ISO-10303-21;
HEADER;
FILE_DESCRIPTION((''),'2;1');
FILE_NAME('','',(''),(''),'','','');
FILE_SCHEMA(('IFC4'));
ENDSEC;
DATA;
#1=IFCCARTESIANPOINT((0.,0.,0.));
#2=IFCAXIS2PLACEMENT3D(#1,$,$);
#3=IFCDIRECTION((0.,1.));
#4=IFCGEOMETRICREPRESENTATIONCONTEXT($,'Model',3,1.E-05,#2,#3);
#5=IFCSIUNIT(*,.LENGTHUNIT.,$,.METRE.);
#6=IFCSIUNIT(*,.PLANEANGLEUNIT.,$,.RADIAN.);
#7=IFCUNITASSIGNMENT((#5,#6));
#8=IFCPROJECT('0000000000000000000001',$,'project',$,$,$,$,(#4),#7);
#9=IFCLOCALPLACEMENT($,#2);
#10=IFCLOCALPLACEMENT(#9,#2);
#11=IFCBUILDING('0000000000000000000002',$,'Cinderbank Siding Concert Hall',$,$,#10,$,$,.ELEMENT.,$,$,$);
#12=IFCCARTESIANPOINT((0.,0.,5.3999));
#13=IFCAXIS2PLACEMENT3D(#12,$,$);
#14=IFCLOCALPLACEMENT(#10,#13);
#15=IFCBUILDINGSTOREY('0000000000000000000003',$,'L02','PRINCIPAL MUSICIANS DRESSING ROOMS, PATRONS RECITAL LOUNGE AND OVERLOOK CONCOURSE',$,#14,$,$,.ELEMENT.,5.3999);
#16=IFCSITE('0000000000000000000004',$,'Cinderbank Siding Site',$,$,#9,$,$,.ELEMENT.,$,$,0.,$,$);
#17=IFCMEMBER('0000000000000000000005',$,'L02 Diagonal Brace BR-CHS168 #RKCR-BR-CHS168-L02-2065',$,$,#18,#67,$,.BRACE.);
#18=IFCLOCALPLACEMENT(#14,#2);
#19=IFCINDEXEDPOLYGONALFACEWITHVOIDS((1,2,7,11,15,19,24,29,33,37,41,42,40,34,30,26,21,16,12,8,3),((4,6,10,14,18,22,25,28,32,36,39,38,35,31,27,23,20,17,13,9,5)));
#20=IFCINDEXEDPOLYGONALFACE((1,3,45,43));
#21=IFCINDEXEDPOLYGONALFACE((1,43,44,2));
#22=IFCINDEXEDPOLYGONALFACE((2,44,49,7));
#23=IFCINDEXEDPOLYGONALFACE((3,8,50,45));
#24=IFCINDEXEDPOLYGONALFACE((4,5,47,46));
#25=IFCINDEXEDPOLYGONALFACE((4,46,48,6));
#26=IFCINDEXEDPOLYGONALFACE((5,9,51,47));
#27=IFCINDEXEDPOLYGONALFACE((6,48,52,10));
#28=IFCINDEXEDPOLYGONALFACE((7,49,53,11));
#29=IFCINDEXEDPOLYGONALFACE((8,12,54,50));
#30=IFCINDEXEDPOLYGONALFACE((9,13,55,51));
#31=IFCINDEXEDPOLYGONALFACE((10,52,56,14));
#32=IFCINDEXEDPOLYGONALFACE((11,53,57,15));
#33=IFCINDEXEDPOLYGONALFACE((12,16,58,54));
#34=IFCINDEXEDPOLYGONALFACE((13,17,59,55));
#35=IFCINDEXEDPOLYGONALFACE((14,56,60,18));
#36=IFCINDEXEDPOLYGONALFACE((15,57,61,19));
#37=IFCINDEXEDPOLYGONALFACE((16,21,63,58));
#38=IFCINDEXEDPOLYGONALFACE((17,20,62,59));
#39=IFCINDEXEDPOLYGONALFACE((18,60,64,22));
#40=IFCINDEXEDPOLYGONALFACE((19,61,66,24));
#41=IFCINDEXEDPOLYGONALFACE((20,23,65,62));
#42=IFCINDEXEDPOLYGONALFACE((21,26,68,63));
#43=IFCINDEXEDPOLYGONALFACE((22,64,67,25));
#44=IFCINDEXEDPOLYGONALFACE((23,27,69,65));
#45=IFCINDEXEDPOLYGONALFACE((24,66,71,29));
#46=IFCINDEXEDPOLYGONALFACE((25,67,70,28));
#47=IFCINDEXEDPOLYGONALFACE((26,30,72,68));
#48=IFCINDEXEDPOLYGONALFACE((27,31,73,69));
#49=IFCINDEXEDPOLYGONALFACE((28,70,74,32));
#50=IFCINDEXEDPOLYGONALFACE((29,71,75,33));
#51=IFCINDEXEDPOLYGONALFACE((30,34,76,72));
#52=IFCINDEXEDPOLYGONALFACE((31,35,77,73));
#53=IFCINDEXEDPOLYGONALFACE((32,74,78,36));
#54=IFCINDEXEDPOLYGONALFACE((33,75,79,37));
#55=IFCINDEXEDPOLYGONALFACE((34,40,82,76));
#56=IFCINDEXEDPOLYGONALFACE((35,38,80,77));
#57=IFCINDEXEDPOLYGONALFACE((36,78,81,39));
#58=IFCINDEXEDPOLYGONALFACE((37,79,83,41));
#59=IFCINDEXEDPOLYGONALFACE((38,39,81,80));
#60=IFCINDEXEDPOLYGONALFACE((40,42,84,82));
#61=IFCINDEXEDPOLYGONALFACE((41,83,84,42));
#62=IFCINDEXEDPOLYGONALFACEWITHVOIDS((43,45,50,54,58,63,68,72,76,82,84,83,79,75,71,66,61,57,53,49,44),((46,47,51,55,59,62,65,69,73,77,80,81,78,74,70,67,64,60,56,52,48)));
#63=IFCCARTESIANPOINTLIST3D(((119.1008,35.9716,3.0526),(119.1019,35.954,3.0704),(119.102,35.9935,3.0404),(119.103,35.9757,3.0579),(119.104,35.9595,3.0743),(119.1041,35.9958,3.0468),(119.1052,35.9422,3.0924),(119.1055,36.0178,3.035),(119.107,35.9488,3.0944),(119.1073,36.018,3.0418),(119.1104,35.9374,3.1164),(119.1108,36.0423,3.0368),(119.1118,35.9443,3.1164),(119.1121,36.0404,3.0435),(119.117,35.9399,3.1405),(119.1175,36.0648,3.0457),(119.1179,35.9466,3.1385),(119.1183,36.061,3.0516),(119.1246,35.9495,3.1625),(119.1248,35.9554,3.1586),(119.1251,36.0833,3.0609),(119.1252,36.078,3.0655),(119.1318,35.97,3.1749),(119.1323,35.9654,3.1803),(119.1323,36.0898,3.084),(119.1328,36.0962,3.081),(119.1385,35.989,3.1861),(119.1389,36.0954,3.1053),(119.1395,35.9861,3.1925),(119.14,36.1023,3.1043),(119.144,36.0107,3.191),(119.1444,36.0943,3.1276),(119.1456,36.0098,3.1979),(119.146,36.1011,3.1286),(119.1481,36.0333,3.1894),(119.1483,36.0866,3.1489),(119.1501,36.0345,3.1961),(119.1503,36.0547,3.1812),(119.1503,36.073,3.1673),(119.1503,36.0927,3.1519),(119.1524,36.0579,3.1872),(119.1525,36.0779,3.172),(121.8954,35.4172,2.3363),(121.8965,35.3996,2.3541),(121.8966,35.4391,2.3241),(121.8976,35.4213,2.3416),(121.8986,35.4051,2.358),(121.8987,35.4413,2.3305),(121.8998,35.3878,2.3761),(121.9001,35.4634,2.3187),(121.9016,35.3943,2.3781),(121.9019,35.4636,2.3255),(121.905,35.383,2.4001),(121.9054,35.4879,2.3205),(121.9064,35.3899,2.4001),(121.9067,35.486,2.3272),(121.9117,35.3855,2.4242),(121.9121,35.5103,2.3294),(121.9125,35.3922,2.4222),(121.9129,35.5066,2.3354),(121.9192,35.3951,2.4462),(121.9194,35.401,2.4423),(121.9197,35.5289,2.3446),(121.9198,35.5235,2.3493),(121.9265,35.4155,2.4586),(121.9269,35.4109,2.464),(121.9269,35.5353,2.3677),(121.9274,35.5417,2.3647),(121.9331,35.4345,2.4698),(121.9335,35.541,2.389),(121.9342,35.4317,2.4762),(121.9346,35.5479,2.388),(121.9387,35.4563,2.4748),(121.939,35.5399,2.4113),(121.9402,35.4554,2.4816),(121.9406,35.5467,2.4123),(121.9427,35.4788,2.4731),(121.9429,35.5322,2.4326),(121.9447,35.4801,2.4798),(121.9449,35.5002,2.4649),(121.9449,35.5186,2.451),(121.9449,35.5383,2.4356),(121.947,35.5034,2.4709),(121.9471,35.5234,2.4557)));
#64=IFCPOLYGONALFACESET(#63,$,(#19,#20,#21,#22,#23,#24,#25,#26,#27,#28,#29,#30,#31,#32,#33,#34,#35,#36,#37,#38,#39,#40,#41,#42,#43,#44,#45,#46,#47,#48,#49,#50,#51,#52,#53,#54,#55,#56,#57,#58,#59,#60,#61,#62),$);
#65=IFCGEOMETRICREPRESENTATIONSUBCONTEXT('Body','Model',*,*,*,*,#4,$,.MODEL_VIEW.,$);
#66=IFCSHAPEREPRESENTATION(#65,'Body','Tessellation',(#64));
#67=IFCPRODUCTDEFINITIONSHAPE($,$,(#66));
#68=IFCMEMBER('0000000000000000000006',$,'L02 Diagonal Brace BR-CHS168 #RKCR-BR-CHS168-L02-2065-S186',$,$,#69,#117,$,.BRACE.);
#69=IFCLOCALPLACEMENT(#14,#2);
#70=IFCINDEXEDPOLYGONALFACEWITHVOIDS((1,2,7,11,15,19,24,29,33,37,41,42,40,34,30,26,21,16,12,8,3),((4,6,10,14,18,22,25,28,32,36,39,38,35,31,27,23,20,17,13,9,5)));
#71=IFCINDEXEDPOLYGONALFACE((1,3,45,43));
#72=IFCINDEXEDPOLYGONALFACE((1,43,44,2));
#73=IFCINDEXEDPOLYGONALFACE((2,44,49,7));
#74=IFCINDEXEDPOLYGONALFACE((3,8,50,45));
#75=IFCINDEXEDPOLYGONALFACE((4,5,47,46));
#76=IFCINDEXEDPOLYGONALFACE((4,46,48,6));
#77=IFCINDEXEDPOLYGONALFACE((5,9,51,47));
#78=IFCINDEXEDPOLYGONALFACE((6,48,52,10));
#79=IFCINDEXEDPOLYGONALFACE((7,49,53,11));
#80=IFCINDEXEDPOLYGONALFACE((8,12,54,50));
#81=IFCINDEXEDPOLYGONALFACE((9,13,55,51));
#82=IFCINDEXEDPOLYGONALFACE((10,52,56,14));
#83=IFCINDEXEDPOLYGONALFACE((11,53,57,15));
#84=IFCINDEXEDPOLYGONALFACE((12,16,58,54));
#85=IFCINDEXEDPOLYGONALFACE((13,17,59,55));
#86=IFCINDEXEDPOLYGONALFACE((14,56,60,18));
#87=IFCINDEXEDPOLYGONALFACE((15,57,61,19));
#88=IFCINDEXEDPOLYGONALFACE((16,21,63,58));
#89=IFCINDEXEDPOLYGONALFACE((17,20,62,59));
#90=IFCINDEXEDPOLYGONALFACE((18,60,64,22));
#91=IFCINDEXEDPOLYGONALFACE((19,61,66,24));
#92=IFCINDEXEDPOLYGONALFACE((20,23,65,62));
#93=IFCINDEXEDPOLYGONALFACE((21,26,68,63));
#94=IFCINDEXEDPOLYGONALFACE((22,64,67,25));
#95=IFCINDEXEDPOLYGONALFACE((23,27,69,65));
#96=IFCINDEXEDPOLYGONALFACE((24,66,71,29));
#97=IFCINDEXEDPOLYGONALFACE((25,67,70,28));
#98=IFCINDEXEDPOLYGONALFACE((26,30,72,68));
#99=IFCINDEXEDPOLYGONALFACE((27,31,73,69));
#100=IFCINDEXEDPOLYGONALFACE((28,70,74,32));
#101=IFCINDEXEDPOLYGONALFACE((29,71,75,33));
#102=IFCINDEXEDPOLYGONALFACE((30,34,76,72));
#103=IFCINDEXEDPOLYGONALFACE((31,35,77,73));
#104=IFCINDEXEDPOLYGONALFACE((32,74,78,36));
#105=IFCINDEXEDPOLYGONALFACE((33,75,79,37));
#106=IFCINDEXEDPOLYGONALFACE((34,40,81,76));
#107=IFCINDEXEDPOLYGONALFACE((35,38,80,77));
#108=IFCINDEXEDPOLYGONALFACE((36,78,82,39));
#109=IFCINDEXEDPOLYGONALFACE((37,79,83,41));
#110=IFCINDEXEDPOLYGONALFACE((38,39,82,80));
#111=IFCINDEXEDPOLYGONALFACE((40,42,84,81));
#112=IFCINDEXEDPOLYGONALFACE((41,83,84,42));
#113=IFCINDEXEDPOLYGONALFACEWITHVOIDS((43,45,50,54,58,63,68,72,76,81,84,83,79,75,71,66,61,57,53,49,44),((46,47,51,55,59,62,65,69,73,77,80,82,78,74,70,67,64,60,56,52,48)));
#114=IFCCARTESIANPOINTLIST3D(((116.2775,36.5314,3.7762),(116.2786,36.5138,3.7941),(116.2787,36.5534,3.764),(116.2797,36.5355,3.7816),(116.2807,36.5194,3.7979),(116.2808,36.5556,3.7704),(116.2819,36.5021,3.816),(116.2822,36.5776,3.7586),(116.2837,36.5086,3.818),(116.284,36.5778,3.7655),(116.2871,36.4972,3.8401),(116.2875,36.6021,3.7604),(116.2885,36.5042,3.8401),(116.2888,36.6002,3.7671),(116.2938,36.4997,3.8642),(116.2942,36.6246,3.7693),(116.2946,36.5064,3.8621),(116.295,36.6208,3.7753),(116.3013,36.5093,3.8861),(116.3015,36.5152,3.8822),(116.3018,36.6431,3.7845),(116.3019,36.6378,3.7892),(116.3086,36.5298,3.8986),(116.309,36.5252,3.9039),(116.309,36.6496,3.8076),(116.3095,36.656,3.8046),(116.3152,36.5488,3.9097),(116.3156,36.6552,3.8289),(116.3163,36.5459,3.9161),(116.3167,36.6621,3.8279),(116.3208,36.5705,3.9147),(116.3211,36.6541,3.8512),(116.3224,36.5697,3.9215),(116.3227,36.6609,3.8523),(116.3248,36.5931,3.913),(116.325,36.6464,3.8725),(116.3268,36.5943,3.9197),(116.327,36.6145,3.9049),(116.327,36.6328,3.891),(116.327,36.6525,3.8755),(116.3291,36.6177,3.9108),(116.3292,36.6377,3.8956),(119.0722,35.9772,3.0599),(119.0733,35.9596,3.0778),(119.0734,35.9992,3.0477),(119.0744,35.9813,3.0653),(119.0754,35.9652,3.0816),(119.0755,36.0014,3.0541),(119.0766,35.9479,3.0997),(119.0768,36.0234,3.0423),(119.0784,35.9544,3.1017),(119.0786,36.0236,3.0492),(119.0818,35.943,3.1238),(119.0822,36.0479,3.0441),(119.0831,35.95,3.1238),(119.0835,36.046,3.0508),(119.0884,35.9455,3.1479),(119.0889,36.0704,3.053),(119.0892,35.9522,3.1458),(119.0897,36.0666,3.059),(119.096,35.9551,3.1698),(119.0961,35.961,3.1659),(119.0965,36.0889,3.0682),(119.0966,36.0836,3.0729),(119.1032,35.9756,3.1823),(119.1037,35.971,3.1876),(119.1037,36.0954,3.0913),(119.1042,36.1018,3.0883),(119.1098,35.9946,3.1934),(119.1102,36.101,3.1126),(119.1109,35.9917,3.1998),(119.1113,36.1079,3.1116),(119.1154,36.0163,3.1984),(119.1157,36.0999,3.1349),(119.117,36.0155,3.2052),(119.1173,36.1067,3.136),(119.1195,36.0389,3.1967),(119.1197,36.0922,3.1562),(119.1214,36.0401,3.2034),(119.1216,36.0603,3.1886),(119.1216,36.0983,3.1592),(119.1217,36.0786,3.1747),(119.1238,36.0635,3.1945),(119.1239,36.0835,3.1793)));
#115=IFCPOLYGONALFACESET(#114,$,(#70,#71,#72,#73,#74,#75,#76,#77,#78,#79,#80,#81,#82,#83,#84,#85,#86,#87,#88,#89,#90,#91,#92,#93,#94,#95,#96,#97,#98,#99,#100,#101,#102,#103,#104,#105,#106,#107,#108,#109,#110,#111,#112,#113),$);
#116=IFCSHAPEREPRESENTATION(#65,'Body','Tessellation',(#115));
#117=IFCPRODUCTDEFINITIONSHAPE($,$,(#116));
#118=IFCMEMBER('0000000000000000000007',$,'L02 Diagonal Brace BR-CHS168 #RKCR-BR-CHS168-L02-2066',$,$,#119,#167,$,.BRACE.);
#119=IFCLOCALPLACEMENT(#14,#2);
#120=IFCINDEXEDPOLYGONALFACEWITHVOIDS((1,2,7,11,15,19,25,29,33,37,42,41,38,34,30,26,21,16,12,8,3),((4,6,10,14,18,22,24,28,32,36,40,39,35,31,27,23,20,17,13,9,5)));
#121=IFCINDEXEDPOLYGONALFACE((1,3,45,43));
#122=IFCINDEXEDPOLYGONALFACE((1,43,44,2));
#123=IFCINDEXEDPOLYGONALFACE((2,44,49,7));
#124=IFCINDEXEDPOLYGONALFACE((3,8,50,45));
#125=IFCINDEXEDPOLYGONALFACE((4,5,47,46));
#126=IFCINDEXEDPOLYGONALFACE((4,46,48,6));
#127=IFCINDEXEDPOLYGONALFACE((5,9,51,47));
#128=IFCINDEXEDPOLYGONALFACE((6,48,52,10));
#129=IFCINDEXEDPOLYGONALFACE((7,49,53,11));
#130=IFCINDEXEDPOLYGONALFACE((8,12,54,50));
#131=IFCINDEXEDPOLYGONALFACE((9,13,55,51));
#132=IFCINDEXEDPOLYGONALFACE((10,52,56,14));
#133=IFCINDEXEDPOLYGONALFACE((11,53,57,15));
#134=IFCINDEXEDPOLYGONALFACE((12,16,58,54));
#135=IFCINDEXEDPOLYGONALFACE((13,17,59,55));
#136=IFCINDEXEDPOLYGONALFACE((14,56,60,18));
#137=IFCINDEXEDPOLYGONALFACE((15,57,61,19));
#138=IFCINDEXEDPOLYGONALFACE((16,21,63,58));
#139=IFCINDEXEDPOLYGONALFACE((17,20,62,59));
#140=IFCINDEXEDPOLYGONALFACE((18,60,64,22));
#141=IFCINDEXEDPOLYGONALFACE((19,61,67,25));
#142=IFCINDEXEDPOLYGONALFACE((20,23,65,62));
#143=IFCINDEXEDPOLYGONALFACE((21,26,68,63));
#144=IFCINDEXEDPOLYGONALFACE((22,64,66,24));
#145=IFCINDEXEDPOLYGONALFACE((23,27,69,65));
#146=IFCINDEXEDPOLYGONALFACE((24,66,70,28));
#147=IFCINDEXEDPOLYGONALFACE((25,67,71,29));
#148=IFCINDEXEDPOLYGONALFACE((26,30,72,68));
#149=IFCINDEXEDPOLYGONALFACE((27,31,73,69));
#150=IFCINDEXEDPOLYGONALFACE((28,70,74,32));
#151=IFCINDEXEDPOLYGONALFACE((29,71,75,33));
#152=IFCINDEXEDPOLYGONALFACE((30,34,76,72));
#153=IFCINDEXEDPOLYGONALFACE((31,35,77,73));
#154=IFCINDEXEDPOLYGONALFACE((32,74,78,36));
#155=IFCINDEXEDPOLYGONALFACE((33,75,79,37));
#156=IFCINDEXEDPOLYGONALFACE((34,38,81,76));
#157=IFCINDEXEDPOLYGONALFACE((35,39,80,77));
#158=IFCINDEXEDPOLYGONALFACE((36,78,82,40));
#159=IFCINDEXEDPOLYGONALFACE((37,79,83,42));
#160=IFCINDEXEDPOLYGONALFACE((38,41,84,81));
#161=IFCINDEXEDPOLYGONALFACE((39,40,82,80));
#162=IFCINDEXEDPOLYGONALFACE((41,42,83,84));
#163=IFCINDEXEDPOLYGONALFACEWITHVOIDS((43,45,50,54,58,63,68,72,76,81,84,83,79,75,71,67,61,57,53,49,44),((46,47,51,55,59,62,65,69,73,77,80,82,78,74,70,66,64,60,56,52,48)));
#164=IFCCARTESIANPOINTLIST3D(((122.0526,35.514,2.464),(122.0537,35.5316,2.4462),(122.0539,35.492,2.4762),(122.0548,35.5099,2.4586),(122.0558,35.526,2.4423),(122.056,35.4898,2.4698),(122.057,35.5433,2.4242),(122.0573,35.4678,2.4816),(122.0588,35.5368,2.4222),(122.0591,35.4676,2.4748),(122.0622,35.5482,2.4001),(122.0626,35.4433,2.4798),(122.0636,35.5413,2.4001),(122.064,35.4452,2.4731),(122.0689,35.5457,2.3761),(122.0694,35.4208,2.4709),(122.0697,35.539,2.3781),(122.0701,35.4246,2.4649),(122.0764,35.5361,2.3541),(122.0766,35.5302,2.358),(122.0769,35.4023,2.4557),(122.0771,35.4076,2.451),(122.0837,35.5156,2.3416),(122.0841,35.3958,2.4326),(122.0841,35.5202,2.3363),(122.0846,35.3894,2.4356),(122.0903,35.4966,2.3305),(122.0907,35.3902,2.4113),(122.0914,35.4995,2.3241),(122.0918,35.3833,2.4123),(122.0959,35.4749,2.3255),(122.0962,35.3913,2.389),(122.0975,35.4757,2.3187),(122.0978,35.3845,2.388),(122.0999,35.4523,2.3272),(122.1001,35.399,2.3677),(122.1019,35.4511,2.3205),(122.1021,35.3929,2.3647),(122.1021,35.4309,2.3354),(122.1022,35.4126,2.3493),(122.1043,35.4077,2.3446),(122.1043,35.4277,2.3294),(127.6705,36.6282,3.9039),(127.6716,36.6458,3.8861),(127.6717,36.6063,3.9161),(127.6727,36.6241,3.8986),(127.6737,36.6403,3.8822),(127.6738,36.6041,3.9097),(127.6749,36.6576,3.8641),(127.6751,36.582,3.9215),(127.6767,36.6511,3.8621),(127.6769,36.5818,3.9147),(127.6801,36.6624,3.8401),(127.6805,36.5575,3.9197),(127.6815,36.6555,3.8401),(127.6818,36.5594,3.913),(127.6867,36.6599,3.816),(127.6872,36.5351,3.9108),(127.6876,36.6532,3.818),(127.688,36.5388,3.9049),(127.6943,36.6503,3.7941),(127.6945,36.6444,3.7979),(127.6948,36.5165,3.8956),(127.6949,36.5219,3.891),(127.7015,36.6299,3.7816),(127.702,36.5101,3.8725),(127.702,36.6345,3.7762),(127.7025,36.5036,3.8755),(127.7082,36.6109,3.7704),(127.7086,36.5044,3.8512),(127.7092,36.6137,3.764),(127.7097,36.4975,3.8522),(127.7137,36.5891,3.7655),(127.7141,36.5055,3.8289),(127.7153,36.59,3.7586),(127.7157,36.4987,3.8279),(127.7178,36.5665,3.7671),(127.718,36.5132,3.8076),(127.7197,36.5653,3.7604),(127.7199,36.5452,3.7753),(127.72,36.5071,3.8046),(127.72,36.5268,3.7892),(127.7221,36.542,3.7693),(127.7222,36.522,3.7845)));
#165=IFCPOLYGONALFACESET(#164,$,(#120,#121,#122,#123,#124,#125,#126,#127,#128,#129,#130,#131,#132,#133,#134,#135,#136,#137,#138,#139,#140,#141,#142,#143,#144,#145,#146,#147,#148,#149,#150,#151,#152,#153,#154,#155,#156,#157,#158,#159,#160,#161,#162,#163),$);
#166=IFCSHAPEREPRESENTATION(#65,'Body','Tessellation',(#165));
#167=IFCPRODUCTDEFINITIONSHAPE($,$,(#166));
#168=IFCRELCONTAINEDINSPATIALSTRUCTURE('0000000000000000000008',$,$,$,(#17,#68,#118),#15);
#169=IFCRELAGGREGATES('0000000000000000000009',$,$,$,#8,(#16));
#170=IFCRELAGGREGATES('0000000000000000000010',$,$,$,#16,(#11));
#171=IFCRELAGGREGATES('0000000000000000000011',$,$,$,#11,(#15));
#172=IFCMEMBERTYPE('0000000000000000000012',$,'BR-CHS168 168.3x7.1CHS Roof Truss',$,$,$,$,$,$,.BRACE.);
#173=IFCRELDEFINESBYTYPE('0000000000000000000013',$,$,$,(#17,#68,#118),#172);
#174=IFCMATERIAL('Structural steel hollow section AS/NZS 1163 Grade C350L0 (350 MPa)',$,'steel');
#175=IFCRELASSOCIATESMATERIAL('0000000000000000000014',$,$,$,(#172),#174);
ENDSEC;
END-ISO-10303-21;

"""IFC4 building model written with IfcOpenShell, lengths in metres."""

from ifc_helpers import new_model, si_unit, direction, frame, origin, origin_2d, place, context, subcontext, project, spatial, hollow_circle, extrude, material, material_profile, profile_set, type_object, element, save


model = new_model("IFC4")

# Units and contexts
model_context = context("Model", 3, precision=1e-05, world=origin(), true_north=direction((0.0, 1.0)))
body_context = subcontext(model_context, "Body", "Model", "MODEL_VIEW")
ifc_project = project(units=[si_unit("LENGTHUNIT", "METRE"), si_unit("PLANEANGLEUNIT", "RADIAN")], contexts=[model_context])

# Site, building, storey
site_placement = place(None, origin())
site = spatial("IfcSite", under=ifc_project, at=site_placement, Name="Cinderbank Siding Site", CompositionType="ELEMENT", RefElevation=0.0)
building_placement = place(site_placement, origin())
building = spatial("IfcBuilding", under=site, at=building_placement, Name="Cinderbank Siding Concert Hall", CompositionType="ELEMENT")
storey_placement = place(building_placement, frame((0.0, 0.0, 5.3999)))
storey = spatial("IfcBuildingStorey", under=building, at=storey_placement, Name="L02", Description="PRINCIPAL MUSICIANS DRESSING ROOMS, PATRONS RECITAL LOUNGE AND OVERLOOK CONCOURSE", CompositionType="ELEMENT", Elevation=5.3999)

# Shared definitions
ifc_material_1 = material(Name="Structural steel hollow section AS/NZS 1163 Grade C350L0 (350 MPa)", Category="steel")

# Members
ifc_material_profile_1 = material_profile(ifc_material_1, hollow_circle(Radius=0.0842, WallThickness=0.0071, at=origin_2d()), Name="168.3x7.1CHS", Category="LoadBearing")
ifc_profile_set_1 = profile_set([ifc_material_profile_1], Name="Structural steel hollow section AS/NZS 1163 Grade C350L0 (350 MPa)")
member_type_1 = type_object("IfcMemberType", Name="BR-CHS168 168.3x7.1CHS Roof Truss", PredefinedType="BRACE", material=ifc_profile_set_1)
for number, where, z_axis, x_axis, name in (
    (1, (121.9214, 35.4656, 2.4001), (-0.951279, 0.188727, 0.243824), (-0.1946, -0.980883, 0.0), "L02 Diagonal Brace BR-CHS168 #RKCR-BR-CHS168-L02-2065"),
    (2, (119.0981, 36.0256, 3.1238), (-0.951294, 0.188647, 0.243828), (-0.194517, -0.980899, 0.0), "L02 Diagonal Brace BR-CHS168 #RKCR-BR-CHS168-L02-2065-S186"),
):
    element("IfcMember", number, at=place(storey_placement, frame(where, z_axis=z_axis, x_axis=x_axis)), inside=storey, type_object=member_type_1, Name=name, PredefinedType="BRACE", context=body_context, shape_type="SweptSolid", body=[
        extrude(hollow_circle(Radius=0.0842, WallThickness=0.0071, at=origin_2d()), origin(), (0.0, 0.0, 1.0), 2.9377),
    ])
member_1_placement = place(storey_placement, frame((122.0786, 35.4656, 2.4001), z_axis=(0.951288, 0.188678, 0.243827), x_axis=(-0.19455, 0.980893, 0.0)))
element("IfcMember", 3, at=member_1_placement, inside=storey, type_object=member_type_1, Name="L02 Diagonal Brace BR-CHS168 #RKCR-BR-CHS168-L02-2066", PredefinedType="BRACE", context=body_context, shape_type="SweptSolid", body=[
    extrude(hollow_circle(Radius=0.0842, WallThickness=0.0071, at=origin_2d()), origin(), (0.0, 0.0, 1.0), 5.9055),
])

save(model, "model.ifc")
